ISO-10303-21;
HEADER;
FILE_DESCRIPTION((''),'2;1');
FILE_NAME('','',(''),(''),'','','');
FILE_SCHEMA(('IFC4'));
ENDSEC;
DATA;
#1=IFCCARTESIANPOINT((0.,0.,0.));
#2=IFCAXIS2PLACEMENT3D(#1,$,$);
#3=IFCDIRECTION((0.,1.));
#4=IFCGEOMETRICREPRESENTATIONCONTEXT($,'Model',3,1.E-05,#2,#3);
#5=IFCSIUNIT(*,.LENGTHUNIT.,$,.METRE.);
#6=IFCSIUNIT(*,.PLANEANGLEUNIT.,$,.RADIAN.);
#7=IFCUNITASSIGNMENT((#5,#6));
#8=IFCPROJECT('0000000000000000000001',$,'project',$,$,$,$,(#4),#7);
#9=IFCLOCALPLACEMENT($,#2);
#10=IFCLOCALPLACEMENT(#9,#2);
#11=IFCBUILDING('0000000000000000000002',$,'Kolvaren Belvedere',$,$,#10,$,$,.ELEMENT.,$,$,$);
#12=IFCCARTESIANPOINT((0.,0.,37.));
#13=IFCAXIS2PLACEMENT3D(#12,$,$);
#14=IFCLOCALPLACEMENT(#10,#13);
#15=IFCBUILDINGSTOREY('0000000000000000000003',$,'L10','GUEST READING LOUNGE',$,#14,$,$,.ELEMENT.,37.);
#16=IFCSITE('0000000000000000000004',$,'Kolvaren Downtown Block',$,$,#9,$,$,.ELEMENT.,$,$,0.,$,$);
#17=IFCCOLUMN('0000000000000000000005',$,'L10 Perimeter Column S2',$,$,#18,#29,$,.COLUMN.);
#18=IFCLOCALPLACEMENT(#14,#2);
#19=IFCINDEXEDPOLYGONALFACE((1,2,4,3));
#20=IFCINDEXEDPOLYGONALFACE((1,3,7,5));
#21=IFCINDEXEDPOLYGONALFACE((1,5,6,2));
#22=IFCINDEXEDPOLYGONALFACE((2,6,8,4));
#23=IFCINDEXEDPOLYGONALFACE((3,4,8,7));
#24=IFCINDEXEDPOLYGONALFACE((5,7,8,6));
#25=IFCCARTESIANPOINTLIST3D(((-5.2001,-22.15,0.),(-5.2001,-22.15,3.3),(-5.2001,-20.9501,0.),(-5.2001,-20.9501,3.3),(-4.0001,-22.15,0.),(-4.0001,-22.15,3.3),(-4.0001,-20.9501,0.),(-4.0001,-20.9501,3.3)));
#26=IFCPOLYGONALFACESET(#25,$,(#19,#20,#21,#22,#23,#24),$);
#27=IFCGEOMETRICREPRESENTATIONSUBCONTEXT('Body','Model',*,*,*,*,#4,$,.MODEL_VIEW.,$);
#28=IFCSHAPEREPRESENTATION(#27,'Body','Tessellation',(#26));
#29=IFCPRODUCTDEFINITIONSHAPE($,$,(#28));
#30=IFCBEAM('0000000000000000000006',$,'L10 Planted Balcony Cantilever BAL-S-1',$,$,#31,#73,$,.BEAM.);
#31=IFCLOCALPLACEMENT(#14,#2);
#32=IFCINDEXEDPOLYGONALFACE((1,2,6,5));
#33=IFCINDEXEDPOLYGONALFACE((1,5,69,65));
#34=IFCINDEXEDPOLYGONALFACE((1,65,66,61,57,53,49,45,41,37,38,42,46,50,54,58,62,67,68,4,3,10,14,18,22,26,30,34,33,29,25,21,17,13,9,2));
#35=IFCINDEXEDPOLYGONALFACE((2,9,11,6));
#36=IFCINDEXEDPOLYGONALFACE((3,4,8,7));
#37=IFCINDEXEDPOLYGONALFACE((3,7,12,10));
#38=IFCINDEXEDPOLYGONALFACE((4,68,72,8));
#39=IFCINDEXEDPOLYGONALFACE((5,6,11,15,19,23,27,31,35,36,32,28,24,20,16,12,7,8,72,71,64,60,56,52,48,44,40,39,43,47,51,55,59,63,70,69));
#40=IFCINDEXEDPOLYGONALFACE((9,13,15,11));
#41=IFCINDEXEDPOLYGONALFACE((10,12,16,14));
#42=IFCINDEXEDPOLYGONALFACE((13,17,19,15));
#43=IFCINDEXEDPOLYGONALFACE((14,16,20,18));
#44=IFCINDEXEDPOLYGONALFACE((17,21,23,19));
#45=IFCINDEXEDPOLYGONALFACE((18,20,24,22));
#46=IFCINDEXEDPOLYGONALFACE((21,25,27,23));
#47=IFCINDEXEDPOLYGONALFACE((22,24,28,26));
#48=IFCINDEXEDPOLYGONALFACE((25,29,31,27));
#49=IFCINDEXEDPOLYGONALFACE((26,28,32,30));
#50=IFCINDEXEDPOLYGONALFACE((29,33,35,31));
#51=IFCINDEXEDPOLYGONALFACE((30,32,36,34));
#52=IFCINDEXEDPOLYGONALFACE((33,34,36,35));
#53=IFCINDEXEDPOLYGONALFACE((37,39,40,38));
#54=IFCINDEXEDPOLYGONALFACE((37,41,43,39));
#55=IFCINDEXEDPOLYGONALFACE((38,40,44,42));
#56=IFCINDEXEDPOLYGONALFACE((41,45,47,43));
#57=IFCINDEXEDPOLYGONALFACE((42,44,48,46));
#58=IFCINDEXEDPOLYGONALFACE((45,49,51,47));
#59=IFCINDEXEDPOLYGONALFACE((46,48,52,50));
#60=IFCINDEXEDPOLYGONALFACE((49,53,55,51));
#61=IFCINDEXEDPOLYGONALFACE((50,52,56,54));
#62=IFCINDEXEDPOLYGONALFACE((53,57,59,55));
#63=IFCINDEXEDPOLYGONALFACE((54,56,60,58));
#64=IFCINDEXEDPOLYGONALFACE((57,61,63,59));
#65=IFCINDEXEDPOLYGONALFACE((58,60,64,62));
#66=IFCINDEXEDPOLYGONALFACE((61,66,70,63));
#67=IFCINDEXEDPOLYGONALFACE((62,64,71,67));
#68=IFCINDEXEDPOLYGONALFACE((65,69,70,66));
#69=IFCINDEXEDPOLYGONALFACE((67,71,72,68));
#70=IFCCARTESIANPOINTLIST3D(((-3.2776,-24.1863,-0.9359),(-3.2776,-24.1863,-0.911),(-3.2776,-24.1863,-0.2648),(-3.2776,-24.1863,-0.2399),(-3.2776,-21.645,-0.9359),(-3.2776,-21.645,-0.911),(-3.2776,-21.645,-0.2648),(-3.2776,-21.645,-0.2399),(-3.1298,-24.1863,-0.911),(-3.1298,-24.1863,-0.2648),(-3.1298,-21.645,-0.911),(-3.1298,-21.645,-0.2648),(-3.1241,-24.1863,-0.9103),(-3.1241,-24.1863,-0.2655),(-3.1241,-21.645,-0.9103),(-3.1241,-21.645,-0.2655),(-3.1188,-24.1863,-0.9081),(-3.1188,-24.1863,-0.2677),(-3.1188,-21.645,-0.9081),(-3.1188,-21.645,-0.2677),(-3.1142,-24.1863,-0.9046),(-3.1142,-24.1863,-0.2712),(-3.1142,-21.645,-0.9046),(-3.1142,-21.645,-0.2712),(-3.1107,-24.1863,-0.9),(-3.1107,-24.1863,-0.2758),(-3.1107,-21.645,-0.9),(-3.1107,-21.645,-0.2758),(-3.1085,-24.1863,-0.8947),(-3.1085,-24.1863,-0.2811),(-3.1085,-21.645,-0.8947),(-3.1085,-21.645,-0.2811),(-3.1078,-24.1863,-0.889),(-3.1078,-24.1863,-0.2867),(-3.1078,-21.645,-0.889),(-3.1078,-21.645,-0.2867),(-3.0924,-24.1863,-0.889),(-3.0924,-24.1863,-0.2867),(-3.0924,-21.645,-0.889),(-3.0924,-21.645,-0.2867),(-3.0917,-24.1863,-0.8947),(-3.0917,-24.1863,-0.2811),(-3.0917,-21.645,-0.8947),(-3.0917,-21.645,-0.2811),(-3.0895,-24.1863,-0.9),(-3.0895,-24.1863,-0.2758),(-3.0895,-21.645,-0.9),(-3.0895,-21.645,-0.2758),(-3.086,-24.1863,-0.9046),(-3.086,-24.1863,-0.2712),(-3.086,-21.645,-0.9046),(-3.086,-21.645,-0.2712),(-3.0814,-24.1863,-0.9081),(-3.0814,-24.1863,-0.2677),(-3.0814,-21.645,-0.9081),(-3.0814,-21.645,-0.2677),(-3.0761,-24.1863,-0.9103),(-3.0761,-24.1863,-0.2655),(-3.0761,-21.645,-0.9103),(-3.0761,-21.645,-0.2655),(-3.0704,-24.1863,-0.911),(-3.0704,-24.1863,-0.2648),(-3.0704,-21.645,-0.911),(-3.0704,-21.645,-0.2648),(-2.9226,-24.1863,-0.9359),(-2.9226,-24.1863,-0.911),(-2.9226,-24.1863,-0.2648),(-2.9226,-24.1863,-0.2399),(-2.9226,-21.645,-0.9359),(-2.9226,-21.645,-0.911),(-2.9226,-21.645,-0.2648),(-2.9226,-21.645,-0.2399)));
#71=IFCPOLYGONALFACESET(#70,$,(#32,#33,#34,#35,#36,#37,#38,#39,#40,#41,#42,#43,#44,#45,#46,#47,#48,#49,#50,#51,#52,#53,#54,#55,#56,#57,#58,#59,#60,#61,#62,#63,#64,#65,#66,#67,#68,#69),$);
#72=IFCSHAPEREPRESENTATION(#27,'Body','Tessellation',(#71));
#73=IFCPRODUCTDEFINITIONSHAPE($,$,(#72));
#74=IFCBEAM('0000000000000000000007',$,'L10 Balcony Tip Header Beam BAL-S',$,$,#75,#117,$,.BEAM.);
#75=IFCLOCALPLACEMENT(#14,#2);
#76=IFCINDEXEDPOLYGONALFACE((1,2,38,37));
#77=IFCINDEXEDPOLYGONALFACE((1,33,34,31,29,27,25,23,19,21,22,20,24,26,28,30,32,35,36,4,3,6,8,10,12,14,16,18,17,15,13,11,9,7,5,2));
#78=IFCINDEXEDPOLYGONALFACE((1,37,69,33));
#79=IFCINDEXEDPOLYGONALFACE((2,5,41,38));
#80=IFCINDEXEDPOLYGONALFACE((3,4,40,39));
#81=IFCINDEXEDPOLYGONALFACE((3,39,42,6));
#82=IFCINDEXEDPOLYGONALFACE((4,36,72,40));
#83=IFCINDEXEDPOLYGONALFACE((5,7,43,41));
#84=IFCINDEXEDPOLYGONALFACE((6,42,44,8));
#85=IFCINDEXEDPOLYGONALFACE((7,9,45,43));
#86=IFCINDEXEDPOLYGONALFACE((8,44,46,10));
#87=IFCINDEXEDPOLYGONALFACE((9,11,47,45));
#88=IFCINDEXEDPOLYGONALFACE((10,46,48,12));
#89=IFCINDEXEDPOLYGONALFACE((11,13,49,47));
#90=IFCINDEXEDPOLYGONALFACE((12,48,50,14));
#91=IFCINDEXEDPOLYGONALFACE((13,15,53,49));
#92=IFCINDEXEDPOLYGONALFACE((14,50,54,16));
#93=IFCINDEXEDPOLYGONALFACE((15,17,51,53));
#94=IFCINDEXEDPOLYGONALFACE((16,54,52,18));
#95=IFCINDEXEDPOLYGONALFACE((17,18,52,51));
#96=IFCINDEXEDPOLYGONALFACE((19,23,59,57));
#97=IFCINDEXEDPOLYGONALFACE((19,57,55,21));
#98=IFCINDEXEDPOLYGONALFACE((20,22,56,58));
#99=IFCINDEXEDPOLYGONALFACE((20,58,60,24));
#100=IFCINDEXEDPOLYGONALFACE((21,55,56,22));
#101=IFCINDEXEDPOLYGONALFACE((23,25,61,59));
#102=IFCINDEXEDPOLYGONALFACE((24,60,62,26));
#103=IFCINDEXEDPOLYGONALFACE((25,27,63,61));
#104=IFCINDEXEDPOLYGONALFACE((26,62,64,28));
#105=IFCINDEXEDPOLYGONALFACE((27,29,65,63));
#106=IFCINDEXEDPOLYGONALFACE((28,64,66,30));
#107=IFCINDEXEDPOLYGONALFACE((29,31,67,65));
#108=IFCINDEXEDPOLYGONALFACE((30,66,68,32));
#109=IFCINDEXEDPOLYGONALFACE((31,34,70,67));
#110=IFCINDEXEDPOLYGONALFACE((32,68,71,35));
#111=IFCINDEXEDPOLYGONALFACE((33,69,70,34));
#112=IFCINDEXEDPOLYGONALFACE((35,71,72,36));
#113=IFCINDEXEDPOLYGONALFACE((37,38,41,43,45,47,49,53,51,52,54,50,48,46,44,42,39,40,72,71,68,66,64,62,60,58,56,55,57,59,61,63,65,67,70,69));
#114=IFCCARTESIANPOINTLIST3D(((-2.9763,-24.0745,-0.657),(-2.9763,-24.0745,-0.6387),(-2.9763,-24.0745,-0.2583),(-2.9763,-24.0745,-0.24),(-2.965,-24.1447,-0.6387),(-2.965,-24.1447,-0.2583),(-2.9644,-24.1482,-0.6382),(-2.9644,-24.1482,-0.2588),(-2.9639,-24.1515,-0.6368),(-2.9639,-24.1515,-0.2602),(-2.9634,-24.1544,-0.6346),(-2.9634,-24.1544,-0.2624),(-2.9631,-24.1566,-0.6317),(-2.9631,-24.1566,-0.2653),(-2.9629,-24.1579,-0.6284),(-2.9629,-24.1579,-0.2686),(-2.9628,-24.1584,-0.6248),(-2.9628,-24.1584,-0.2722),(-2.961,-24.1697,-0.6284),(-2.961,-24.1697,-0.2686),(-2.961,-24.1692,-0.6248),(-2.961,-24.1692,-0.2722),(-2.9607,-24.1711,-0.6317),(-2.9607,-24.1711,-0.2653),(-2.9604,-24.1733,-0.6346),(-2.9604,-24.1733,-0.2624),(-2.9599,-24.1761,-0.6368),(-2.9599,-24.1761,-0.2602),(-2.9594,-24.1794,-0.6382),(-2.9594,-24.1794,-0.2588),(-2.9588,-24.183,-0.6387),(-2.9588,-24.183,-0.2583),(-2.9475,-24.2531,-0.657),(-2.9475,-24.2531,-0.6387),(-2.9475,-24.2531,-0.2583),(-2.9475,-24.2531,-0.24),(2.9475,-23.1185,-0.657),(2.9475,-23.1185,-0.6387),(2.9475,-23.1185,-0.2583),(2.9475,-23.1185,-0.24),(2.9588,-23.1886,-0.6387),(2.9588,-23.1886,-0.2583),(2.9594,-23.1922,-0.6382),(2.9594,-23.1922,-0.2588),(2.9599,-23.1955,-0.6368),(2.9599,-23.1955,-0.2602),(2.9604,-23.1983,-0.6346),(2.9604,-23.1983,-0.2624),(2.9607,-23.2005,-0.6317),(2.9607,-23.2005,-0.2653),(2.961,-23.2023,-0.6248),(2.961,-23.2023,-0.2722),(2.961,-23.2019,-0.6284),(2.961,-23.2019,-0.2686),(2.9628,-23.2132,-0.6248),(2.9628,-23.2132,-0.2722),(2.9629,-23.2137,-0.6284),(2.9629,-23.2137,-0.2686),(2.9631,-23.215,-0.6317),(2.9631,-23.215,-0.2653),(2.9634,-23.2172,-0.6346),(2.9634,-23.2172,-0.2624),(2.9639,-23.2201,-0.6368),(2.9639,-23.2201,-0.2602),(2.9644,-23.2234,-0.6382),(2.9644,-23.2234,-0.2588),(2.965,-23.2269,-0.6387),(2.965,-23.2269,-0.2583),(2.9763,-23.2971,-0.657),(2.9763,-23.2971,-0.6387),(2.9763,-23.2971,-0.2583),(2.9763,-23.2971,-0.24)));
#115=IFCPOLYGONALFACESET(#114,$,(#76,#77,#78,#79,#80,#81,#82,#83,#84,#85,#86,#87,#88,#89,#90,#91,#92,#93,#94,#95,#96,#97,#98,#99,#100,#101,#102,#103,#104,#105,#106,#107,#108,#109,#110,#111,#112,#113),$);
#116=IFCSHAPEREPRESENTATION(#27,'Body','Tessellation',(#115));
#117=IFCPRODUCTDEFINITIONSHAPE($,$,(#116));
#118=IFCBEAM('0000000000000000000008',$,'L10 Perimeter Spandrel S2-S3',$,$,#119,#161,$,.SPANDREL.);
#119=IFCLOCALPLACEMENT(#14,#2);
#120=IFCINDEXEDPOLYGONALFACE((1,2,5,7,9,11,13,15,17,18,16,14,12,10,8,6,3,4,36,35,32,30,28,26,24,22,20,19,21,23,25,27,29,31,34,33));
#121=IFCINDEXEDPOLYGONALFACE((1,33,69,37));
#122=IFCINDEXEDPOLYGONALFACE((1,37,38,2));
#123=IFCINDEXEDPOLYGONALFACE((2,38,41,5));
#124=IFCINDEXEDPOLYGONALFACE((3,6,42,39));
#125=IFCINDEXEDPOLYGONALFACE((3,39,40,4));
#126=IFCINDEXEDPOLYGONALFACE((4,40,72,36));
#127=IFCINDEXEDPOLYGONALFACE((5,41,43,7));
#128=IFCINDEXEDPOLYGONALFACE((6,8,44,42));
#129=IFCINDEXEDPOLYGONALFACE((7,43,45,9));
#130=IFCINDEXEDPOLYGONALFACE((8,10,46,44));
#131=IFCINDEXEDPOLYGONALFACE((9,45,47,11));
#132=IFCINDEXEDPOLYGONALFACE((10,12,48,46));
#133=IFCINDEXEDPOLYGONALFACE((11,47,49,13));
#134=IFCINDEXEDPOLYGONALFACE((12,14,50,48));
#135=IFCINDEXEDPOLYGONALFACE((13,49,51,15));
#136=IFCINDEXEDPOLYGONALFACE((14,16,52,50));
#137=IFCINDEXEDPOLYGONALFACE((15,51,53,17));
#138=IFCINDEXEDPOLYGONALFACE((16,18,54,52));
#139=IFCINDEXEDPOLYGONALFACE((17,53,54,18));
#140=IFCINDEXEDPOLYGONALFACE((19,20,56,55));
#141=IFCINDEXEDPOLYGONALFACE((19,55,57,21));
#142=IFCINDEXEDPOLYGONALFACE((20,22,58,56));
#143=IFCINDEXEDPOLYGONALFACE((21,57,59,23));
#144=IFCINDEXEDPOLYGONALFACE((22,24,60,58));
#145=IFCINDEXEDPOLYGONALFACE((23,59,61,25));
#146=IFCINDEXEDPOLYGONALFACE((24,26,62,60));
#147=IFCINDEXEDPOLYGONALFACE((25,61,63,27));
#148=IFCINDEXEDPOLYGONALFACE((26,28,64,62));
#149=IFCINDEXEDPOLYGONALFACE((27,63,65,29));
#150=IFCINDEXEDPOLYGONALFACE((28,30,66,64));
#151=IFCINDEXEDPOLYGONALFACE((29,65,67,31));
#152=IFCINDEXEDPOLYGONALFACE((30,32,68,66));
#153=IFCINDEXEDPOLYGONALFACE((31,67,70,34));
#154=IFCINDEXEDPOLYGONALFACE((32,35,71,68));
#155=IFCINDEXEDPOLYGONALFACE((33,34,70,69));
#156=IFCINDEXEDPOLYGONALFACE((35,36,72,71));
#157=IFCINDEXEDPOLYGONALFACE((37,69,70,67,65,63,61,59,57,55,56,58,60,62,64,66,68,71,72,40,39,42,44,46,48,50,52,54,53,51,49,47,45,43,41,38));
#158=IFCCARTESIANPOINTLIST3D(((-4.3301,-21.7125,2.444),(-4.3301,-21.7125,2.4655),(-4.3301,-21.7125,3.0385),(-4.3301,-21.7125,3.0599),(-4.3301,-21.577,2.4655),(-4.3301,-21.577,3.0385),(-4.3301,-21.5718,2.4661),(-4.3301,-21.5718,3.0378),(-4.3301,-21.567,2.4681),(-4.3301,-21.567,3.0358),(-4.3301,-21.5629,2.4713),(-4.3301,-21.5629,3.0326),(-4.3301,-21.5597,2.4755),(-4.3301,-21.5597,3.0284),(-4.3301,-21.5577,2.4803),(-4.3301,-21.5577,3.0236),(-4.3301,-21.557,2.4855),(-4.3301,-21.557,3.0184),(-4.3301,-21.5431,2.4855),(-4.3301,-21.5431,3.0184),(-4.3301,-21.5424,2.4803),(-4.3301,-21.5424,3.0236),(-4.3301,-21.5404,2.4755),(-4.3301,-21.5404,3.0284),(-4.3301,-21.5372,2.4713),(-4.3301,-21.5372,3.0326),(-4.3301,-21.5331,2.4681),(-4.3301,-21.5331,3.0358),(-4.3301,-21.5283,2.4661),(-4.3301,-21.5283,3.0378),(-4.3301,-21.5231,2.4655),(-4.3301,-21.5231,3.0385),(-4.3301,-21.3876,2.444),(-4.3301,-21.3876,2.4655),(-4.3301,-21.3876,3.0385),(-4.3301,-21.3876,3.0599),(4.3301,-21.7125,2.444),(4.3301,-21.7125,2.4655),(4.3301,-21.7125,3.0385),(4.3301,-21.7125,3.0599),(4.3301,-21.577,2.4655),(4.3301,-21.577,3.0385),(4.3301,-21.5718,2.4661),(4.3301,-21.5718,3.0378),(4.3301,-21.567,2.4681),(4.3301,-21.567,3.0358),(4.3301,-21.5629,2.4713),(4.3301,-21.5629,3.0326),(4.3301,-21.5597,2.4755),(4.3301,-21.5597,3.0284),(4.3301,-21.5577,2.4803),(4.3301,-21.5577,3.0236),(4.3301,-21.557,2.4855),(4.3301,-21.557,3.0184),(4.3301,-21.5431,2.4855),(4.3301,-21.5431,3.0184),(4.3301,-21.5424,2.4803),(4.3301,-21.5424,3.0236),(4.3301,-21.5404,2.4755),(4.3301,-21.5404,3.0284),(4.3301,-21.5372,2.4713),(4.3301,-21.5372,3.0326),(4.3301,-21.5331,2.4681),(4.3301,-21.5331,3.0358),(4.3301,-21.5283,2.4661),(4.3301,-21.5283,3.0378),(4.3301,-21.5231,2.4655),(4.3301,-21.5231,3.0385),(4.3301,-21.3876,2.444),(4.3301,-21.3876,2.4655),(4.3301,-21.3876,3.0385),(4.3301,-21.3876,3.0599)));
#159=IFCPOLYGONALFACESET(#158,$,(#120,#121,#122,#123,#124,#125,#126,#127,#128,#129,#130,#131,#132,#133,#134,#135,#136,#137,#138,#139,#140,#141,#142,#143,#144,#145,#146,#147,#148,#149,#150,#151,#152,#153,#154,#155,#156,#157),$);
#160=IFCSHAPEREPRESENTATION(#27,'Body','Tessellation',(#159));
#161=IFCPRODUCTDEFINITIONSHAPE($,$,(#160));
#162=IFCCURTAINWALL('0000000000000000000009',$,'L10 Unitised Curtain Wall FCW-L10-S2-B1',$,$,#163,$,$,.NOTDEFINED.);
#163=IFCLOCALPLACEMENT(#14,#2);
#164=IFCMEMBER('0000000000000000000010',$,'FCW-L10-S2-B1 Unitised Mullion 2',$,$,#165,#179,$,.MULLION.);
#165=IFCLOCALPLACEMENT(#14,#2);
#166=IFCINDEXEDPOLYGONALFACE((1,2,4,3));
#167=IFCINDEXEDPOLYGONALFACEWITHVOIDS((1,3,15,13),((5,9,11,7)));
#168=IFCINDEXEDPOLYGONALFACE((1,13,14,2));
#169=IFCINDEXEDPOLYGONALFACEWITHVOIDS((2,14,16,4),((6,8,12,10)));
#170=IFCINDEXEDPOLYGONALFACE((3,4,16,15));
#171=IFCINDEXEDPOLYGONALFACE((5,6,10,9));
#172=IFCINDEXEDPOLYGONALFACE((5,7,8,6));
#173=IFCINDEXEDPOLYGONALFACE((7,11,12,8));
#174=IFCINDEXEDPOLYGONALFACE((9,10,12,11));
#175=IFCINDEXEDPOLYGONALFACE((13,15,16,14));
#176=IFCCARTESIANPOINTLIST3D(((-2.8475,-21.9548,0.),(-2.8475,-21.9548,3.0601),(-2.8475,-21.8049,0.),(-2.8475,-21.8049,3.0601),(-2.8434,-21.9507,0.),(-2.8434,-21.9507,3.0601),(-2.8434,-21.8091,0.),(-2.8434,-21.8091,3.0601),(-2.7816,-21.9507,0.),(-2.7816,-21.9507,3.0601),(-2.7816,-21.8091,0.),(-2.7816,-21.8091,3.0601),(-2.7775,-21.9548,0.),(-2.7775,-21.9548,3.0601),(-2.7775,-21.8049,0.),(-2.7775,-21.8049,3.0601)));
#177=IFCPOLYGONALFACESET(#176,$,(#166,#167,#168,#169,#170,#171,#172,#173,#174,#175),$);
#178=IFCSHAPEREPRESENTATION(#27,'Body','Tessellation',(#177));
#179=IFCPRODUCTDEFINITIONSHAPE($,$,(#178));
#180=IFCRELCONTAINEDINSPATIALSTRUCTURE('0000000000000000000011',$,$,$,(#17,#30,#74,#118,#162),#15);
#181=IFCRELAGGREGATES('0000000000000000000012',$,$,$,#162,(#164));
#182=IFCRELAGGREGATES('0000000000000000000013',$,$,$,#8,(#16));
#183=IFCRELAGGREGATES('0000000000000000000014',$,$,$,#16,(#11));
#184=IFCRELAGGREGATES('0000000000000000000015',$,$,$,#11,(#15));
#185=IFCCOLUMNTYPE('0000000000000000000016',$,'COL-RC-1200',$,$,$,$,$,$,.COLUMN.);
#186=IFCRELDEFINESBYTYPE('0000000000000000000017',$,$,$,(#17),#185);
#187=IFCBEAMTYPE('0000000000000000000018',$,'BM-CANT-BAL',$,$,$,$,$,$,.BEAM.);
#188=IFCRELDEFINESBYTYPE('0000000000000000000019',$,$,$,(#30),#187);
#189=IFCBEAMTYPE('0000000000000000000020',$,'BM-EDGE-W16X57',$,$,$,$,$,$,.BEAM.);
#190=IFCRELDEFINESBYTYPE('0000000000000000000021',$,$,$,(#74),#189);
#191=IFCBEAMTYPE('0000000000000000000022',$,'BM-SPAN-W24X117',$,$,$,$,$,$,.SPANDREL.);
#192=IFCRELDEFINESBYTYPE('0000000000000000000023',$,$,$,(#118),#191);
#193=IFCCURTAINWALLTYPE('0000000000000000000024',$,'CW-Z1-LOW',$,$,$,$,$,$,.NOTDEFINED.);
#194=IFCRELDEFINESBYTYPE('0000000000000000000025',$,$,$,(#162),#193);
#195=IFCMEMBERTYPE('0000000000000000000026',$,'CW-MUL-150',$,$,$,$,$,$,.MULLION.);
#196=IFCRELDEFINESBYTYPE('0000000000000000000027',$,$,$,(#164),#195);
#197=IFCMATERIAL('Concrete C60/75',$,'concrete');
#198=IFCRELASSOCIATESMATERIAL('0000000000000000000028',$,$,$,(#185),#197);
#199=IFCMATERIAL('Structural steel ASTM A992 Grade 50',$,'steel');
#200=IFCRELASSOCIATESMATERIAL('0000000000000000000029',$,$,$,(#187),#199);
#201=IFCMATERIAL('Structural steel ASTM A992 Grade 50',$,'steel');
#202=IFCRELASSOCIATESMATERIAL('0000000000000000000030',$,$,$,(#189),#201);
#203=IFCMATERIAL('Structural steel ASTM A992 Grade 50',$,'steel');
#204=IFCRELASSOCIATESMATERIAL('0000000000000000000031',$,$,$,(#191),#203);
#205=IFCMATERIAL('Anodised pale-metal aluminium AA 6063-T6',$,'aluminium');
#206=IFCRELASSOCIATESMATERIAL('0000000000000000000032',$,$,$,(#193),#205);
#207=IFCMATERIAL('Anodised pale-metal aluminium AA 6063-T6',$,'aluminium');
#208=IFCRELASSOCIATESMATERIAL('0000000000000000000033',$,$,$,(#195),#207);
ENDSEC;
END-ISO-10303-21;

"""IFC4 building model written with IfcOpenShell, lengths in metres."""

from ifc_helpers import new_model, si_unit, direction, frame, origin, origin_2d, place, context, subcontext, project, spatial, rectangle, hollow_rectangle, i_section, extrude, material, material_profile, profile_set, type_object, element, aggregate, save


model = new_model("IFC4")

# Units and contexts
model_context = context("Model", 3, precision=1e-05, world=origin(), true_north=direction((0.0, 1.0)))
body_context = subcontext(model_context, "Body", "Model", "MODEL_VIEW")
ifc_project = project(units=[si_unit("LENGTHUNIT", "METRE"), si_unit("PLANEANGLEUNIT", "RADIAN")], contexts=[model_context])

# Site, building, storey
site_placement = place(None, origin())
site = spatial("IfcSite", under=ifc_project, at=site_placement, Name="Kolvaren Downtown Block", CompositionType="ELEMENT", RefElevation=0.0)
building_placement = place(site_placement, origin())
building = spatial("IfcBuilding", under=site, at=building_placement, Name="Kolvaren Belvedere", CompositionType="ELEMENT")
storey_placement = place(building_placement, frame((0.0, 0.0, 37.0)))
storey = spatial("IfcBuildingStorey", under=building, at=storey_placement, Name="L10", Description="GUEST READING LOUNGE", CompositionType="ELEMENT", Elevation=37.0)

# Column
ifc_material_1 = material(Name="Concrete C60/75", Category="concrete")
ifc_material_profile_1 = material_profile(ifc_material_1, rectangle(XDim=1.2, YDim=1.2, at=origin_2d()), Name="RC 1200X1200")
ifc_profile_set_1 = profile_set([ifc_material_profile_1], Name="Concrete C60/75")
column_type = type_object("IfcColumnType", Name="COL-RC-1200", PredefinedType="COLUMN", material=ifc_profile_set_1)
column_placement = place(storey_placement, frame((-4.6001, -21.55, 0.0), z_axis=(0.0, 0.0, 1.0), x_axis=(1.0, 0.0, 0.0)))
element("IfcColumn", 1, at=column_placement, inside=storey, type_object=column_type, Name="L10 Perimeter Column S2", PredefinedType="COLUMN", context=body_context, shape_type="SweptSolid", body=[
    extrude(rectangle(XDim=1.2, YDim=1.2, at=origin_2d()), origin(), (0.0, 0.0, 1.0), 3.3),
])

# Beams
ifc_material_2 = material(Name="Structural steel ASTM A992 Grade 50", Category="steel")
ifc_material_profile_2 = material_profile(ifc_material_2, i_section(OverallWidth=0.355, OverallDepth=0.696, WebThickness=0.0154, FlangeThickness=0.0249, FilletRadius=0.022, at=origin_2d()), Name="W27X146")
ifc_profile_set_2 = profile_set([ifc_material_profile_2], Name="Structural steel ASTM A992 Grade 50")
beam_type_1 = type_object("IfcBeamType", Name="BM-CANT-BAL", PredefinedType="BEAM", material=ifc_profile_set_2)
beam_1_placement = place(storey_placement, frame((-3.1001, -21.645, -0.5879), z_axis=(0.0, -1.0, 0.0), x_axis=(1.0, 0.0, 0.0)))
element("IfcBeam", 2, at=beam_1_placement, inside=storey, type_object=beam_type_1, Name="L10 Planted Balcony Cantilever BAL-S-1", PredefinedType="BEAM", context=body_context, shape_type="SweptSolid", body=[
    extrude(i_section(OverallWidth=0.355, OverallDepth=0.696, WebThickness=0.0154, FlangeThickness=0.0249, FilletRadius=0.022, at=origin_2d()), origin(), (0.0, 0.0, 1.0), 2.5413),
])
ifc_material_3 = material(Name="Structural steel ASTM A992 Grade 50", Category="steel")
ifc_material_profile_3 = material_profile(ifc_material_3, i_section(OverallWidth=0.1809, OverallDepth=0.417, WebThickness=0.011, FlangeThickness=0.0183, FilletRadius=0.0139, at=origin_2d()), Name="W16X57")
ifc_profile_set_3 = profile_set([ifc_material_profile_3], Name="Structural steel ASTM A992 Grade 50")
beam_type_2 = type_object("IfcBeamType", Name="BM-EDGE-W16X57", PredefinedType="BEAM", material=ifc_profile_set_3)
beam_2_placement = place(storey_placement, frame((-2.9619, -24.1638, -0.4485), z_axis=(0.987225, 0.15933, 0.0), x_axis=(-0.15933, 0.987225, 0.0)))
element("IfcBeam", 3, at=beam_2_placement, inside=storey, type_object=beam_type_2, Name="L10 Balcony Tip Header Beam BAL-S", PredefinedType="BEAM", context=body_context, shape_type="SweptSolid", body=[
    extrude(i_section(OverallWidth=0.1809, OverallDepth=0.417, WebThickness=0.011, FlangeThickness=0.0183, FilletRadius=0.0139, at=origin_2d()), origin(), (0.0, 0.0, 1.0), 6.0005),
])
ifc_material_4 = material(Name="Structural steel ASTM A992 Grade 50", Category="steel")
ifc_material_profile_4 = material_profile(ifc_material_4, i_section(OverallWidth=0.325, OverallDepth=0.616, WebThickness=0.0139, FlangeThickness=0.0215, FilletRadius=0.02, at=origin_2d()), Name="W24X117")
ifc_profile_set_4 = profile_set([ifc_material_profile_4], Name="Structural steel ASTM A992 Grade 50")
beam_type_3 = type_object("IfcBeamType", Name="BM-SPAN-W24X117", PredefinedType="SPANDREL", material=ifc_profile_set_4)
beam_3_placement = place(storey_placement, frame((-4.3301, -21.55, 2.752), z_axis=(1.0, 0.0, 0.0), x_axis=(0.0, 1.0, 0.0)))
element("IfcBeam", 4, at=beam_3_placement, inside=storey, type_object=beam_type_3, Name="L10 Perimeter Spandrel S2-S3", PredefinedType="SPANDREL", context=body_context, shape_type="SweptSolid", body=[
    extrude(i_section(OverallWidth=0.325, OverallDepth=0.616, WebThickness=0.0139, FlangeThickness=0.0215, FilletRadius=0.02, at=origin_2d()), origin(), (0.0, 0.0, 1.0), 8.6602),
])

# Curtain wall, member
ifc_material_5 = material(Name="Anodised pale-metal aluminium AA 6063-T6", Category="aluminium")
curtain_wall_type = type_object("IfcCurtainWallType", Name="CW-Z1-LOW", PredefinedType="NOTDEFINED", material=ifc_material_5)
curtain_wall_1_placement = place(storey_placement, origin())
curtain_wall_1 = element("IfcCurtainWall", 5, at=curtain_wall_1_placement, inside=storey, type_object=curtain_wall_type, Name="L10 Unitised Curtain Wall FCW-L10-S2-B1", PredefinedType="NOTDEFINED")
ifc_material_6 = material(Name="Anodised pale-metal aluminium AA 6063-T6", Category="aluminium")
ifc_material_profile_5 = material_profile(ifc_material_6, hollow_rectangle(XDim=0.0701, YDim=0.1499, WallThickness=0.0042, at=origin_2d()), Name="ALU-MUL-150X70")
ifc_profile_set_5 = profile_set([ifc_material_profile_5], Name="Anodised pale-metal aluminium AA 6063-T6")
member_type_1 = type_object("IfcMemberType", Name="CW-MUL-150", PredefinedType="MULLION", material=ifc_profile_set_5)
member_1_placement = place(storey_placement, frame((-2.8125, -21.8799, 0.0), z_axis=(0.0, 0.0, 1.0), x_axis=(1.0, 0.0, 0.0)))
member_1 = element("IfcMember", 6, at=member_1_placement, type_object=member_type_1, Name="FCW-L10-S2-B1 Unitised Mullion 2", PredefinedType="MULLION", context=body_context, shape_type="SweptSolid", body=[
    extrude(hollow_rectangle(XDim=0.0701, YDim=0.1499, WallThickness=0.0042, at=origin_2d()), origin(), (0.0, 0.0, 1.0), 3.0601),
])

aggregate(curtain_wall_1, [member_1])

save(model, "model.ifc")
